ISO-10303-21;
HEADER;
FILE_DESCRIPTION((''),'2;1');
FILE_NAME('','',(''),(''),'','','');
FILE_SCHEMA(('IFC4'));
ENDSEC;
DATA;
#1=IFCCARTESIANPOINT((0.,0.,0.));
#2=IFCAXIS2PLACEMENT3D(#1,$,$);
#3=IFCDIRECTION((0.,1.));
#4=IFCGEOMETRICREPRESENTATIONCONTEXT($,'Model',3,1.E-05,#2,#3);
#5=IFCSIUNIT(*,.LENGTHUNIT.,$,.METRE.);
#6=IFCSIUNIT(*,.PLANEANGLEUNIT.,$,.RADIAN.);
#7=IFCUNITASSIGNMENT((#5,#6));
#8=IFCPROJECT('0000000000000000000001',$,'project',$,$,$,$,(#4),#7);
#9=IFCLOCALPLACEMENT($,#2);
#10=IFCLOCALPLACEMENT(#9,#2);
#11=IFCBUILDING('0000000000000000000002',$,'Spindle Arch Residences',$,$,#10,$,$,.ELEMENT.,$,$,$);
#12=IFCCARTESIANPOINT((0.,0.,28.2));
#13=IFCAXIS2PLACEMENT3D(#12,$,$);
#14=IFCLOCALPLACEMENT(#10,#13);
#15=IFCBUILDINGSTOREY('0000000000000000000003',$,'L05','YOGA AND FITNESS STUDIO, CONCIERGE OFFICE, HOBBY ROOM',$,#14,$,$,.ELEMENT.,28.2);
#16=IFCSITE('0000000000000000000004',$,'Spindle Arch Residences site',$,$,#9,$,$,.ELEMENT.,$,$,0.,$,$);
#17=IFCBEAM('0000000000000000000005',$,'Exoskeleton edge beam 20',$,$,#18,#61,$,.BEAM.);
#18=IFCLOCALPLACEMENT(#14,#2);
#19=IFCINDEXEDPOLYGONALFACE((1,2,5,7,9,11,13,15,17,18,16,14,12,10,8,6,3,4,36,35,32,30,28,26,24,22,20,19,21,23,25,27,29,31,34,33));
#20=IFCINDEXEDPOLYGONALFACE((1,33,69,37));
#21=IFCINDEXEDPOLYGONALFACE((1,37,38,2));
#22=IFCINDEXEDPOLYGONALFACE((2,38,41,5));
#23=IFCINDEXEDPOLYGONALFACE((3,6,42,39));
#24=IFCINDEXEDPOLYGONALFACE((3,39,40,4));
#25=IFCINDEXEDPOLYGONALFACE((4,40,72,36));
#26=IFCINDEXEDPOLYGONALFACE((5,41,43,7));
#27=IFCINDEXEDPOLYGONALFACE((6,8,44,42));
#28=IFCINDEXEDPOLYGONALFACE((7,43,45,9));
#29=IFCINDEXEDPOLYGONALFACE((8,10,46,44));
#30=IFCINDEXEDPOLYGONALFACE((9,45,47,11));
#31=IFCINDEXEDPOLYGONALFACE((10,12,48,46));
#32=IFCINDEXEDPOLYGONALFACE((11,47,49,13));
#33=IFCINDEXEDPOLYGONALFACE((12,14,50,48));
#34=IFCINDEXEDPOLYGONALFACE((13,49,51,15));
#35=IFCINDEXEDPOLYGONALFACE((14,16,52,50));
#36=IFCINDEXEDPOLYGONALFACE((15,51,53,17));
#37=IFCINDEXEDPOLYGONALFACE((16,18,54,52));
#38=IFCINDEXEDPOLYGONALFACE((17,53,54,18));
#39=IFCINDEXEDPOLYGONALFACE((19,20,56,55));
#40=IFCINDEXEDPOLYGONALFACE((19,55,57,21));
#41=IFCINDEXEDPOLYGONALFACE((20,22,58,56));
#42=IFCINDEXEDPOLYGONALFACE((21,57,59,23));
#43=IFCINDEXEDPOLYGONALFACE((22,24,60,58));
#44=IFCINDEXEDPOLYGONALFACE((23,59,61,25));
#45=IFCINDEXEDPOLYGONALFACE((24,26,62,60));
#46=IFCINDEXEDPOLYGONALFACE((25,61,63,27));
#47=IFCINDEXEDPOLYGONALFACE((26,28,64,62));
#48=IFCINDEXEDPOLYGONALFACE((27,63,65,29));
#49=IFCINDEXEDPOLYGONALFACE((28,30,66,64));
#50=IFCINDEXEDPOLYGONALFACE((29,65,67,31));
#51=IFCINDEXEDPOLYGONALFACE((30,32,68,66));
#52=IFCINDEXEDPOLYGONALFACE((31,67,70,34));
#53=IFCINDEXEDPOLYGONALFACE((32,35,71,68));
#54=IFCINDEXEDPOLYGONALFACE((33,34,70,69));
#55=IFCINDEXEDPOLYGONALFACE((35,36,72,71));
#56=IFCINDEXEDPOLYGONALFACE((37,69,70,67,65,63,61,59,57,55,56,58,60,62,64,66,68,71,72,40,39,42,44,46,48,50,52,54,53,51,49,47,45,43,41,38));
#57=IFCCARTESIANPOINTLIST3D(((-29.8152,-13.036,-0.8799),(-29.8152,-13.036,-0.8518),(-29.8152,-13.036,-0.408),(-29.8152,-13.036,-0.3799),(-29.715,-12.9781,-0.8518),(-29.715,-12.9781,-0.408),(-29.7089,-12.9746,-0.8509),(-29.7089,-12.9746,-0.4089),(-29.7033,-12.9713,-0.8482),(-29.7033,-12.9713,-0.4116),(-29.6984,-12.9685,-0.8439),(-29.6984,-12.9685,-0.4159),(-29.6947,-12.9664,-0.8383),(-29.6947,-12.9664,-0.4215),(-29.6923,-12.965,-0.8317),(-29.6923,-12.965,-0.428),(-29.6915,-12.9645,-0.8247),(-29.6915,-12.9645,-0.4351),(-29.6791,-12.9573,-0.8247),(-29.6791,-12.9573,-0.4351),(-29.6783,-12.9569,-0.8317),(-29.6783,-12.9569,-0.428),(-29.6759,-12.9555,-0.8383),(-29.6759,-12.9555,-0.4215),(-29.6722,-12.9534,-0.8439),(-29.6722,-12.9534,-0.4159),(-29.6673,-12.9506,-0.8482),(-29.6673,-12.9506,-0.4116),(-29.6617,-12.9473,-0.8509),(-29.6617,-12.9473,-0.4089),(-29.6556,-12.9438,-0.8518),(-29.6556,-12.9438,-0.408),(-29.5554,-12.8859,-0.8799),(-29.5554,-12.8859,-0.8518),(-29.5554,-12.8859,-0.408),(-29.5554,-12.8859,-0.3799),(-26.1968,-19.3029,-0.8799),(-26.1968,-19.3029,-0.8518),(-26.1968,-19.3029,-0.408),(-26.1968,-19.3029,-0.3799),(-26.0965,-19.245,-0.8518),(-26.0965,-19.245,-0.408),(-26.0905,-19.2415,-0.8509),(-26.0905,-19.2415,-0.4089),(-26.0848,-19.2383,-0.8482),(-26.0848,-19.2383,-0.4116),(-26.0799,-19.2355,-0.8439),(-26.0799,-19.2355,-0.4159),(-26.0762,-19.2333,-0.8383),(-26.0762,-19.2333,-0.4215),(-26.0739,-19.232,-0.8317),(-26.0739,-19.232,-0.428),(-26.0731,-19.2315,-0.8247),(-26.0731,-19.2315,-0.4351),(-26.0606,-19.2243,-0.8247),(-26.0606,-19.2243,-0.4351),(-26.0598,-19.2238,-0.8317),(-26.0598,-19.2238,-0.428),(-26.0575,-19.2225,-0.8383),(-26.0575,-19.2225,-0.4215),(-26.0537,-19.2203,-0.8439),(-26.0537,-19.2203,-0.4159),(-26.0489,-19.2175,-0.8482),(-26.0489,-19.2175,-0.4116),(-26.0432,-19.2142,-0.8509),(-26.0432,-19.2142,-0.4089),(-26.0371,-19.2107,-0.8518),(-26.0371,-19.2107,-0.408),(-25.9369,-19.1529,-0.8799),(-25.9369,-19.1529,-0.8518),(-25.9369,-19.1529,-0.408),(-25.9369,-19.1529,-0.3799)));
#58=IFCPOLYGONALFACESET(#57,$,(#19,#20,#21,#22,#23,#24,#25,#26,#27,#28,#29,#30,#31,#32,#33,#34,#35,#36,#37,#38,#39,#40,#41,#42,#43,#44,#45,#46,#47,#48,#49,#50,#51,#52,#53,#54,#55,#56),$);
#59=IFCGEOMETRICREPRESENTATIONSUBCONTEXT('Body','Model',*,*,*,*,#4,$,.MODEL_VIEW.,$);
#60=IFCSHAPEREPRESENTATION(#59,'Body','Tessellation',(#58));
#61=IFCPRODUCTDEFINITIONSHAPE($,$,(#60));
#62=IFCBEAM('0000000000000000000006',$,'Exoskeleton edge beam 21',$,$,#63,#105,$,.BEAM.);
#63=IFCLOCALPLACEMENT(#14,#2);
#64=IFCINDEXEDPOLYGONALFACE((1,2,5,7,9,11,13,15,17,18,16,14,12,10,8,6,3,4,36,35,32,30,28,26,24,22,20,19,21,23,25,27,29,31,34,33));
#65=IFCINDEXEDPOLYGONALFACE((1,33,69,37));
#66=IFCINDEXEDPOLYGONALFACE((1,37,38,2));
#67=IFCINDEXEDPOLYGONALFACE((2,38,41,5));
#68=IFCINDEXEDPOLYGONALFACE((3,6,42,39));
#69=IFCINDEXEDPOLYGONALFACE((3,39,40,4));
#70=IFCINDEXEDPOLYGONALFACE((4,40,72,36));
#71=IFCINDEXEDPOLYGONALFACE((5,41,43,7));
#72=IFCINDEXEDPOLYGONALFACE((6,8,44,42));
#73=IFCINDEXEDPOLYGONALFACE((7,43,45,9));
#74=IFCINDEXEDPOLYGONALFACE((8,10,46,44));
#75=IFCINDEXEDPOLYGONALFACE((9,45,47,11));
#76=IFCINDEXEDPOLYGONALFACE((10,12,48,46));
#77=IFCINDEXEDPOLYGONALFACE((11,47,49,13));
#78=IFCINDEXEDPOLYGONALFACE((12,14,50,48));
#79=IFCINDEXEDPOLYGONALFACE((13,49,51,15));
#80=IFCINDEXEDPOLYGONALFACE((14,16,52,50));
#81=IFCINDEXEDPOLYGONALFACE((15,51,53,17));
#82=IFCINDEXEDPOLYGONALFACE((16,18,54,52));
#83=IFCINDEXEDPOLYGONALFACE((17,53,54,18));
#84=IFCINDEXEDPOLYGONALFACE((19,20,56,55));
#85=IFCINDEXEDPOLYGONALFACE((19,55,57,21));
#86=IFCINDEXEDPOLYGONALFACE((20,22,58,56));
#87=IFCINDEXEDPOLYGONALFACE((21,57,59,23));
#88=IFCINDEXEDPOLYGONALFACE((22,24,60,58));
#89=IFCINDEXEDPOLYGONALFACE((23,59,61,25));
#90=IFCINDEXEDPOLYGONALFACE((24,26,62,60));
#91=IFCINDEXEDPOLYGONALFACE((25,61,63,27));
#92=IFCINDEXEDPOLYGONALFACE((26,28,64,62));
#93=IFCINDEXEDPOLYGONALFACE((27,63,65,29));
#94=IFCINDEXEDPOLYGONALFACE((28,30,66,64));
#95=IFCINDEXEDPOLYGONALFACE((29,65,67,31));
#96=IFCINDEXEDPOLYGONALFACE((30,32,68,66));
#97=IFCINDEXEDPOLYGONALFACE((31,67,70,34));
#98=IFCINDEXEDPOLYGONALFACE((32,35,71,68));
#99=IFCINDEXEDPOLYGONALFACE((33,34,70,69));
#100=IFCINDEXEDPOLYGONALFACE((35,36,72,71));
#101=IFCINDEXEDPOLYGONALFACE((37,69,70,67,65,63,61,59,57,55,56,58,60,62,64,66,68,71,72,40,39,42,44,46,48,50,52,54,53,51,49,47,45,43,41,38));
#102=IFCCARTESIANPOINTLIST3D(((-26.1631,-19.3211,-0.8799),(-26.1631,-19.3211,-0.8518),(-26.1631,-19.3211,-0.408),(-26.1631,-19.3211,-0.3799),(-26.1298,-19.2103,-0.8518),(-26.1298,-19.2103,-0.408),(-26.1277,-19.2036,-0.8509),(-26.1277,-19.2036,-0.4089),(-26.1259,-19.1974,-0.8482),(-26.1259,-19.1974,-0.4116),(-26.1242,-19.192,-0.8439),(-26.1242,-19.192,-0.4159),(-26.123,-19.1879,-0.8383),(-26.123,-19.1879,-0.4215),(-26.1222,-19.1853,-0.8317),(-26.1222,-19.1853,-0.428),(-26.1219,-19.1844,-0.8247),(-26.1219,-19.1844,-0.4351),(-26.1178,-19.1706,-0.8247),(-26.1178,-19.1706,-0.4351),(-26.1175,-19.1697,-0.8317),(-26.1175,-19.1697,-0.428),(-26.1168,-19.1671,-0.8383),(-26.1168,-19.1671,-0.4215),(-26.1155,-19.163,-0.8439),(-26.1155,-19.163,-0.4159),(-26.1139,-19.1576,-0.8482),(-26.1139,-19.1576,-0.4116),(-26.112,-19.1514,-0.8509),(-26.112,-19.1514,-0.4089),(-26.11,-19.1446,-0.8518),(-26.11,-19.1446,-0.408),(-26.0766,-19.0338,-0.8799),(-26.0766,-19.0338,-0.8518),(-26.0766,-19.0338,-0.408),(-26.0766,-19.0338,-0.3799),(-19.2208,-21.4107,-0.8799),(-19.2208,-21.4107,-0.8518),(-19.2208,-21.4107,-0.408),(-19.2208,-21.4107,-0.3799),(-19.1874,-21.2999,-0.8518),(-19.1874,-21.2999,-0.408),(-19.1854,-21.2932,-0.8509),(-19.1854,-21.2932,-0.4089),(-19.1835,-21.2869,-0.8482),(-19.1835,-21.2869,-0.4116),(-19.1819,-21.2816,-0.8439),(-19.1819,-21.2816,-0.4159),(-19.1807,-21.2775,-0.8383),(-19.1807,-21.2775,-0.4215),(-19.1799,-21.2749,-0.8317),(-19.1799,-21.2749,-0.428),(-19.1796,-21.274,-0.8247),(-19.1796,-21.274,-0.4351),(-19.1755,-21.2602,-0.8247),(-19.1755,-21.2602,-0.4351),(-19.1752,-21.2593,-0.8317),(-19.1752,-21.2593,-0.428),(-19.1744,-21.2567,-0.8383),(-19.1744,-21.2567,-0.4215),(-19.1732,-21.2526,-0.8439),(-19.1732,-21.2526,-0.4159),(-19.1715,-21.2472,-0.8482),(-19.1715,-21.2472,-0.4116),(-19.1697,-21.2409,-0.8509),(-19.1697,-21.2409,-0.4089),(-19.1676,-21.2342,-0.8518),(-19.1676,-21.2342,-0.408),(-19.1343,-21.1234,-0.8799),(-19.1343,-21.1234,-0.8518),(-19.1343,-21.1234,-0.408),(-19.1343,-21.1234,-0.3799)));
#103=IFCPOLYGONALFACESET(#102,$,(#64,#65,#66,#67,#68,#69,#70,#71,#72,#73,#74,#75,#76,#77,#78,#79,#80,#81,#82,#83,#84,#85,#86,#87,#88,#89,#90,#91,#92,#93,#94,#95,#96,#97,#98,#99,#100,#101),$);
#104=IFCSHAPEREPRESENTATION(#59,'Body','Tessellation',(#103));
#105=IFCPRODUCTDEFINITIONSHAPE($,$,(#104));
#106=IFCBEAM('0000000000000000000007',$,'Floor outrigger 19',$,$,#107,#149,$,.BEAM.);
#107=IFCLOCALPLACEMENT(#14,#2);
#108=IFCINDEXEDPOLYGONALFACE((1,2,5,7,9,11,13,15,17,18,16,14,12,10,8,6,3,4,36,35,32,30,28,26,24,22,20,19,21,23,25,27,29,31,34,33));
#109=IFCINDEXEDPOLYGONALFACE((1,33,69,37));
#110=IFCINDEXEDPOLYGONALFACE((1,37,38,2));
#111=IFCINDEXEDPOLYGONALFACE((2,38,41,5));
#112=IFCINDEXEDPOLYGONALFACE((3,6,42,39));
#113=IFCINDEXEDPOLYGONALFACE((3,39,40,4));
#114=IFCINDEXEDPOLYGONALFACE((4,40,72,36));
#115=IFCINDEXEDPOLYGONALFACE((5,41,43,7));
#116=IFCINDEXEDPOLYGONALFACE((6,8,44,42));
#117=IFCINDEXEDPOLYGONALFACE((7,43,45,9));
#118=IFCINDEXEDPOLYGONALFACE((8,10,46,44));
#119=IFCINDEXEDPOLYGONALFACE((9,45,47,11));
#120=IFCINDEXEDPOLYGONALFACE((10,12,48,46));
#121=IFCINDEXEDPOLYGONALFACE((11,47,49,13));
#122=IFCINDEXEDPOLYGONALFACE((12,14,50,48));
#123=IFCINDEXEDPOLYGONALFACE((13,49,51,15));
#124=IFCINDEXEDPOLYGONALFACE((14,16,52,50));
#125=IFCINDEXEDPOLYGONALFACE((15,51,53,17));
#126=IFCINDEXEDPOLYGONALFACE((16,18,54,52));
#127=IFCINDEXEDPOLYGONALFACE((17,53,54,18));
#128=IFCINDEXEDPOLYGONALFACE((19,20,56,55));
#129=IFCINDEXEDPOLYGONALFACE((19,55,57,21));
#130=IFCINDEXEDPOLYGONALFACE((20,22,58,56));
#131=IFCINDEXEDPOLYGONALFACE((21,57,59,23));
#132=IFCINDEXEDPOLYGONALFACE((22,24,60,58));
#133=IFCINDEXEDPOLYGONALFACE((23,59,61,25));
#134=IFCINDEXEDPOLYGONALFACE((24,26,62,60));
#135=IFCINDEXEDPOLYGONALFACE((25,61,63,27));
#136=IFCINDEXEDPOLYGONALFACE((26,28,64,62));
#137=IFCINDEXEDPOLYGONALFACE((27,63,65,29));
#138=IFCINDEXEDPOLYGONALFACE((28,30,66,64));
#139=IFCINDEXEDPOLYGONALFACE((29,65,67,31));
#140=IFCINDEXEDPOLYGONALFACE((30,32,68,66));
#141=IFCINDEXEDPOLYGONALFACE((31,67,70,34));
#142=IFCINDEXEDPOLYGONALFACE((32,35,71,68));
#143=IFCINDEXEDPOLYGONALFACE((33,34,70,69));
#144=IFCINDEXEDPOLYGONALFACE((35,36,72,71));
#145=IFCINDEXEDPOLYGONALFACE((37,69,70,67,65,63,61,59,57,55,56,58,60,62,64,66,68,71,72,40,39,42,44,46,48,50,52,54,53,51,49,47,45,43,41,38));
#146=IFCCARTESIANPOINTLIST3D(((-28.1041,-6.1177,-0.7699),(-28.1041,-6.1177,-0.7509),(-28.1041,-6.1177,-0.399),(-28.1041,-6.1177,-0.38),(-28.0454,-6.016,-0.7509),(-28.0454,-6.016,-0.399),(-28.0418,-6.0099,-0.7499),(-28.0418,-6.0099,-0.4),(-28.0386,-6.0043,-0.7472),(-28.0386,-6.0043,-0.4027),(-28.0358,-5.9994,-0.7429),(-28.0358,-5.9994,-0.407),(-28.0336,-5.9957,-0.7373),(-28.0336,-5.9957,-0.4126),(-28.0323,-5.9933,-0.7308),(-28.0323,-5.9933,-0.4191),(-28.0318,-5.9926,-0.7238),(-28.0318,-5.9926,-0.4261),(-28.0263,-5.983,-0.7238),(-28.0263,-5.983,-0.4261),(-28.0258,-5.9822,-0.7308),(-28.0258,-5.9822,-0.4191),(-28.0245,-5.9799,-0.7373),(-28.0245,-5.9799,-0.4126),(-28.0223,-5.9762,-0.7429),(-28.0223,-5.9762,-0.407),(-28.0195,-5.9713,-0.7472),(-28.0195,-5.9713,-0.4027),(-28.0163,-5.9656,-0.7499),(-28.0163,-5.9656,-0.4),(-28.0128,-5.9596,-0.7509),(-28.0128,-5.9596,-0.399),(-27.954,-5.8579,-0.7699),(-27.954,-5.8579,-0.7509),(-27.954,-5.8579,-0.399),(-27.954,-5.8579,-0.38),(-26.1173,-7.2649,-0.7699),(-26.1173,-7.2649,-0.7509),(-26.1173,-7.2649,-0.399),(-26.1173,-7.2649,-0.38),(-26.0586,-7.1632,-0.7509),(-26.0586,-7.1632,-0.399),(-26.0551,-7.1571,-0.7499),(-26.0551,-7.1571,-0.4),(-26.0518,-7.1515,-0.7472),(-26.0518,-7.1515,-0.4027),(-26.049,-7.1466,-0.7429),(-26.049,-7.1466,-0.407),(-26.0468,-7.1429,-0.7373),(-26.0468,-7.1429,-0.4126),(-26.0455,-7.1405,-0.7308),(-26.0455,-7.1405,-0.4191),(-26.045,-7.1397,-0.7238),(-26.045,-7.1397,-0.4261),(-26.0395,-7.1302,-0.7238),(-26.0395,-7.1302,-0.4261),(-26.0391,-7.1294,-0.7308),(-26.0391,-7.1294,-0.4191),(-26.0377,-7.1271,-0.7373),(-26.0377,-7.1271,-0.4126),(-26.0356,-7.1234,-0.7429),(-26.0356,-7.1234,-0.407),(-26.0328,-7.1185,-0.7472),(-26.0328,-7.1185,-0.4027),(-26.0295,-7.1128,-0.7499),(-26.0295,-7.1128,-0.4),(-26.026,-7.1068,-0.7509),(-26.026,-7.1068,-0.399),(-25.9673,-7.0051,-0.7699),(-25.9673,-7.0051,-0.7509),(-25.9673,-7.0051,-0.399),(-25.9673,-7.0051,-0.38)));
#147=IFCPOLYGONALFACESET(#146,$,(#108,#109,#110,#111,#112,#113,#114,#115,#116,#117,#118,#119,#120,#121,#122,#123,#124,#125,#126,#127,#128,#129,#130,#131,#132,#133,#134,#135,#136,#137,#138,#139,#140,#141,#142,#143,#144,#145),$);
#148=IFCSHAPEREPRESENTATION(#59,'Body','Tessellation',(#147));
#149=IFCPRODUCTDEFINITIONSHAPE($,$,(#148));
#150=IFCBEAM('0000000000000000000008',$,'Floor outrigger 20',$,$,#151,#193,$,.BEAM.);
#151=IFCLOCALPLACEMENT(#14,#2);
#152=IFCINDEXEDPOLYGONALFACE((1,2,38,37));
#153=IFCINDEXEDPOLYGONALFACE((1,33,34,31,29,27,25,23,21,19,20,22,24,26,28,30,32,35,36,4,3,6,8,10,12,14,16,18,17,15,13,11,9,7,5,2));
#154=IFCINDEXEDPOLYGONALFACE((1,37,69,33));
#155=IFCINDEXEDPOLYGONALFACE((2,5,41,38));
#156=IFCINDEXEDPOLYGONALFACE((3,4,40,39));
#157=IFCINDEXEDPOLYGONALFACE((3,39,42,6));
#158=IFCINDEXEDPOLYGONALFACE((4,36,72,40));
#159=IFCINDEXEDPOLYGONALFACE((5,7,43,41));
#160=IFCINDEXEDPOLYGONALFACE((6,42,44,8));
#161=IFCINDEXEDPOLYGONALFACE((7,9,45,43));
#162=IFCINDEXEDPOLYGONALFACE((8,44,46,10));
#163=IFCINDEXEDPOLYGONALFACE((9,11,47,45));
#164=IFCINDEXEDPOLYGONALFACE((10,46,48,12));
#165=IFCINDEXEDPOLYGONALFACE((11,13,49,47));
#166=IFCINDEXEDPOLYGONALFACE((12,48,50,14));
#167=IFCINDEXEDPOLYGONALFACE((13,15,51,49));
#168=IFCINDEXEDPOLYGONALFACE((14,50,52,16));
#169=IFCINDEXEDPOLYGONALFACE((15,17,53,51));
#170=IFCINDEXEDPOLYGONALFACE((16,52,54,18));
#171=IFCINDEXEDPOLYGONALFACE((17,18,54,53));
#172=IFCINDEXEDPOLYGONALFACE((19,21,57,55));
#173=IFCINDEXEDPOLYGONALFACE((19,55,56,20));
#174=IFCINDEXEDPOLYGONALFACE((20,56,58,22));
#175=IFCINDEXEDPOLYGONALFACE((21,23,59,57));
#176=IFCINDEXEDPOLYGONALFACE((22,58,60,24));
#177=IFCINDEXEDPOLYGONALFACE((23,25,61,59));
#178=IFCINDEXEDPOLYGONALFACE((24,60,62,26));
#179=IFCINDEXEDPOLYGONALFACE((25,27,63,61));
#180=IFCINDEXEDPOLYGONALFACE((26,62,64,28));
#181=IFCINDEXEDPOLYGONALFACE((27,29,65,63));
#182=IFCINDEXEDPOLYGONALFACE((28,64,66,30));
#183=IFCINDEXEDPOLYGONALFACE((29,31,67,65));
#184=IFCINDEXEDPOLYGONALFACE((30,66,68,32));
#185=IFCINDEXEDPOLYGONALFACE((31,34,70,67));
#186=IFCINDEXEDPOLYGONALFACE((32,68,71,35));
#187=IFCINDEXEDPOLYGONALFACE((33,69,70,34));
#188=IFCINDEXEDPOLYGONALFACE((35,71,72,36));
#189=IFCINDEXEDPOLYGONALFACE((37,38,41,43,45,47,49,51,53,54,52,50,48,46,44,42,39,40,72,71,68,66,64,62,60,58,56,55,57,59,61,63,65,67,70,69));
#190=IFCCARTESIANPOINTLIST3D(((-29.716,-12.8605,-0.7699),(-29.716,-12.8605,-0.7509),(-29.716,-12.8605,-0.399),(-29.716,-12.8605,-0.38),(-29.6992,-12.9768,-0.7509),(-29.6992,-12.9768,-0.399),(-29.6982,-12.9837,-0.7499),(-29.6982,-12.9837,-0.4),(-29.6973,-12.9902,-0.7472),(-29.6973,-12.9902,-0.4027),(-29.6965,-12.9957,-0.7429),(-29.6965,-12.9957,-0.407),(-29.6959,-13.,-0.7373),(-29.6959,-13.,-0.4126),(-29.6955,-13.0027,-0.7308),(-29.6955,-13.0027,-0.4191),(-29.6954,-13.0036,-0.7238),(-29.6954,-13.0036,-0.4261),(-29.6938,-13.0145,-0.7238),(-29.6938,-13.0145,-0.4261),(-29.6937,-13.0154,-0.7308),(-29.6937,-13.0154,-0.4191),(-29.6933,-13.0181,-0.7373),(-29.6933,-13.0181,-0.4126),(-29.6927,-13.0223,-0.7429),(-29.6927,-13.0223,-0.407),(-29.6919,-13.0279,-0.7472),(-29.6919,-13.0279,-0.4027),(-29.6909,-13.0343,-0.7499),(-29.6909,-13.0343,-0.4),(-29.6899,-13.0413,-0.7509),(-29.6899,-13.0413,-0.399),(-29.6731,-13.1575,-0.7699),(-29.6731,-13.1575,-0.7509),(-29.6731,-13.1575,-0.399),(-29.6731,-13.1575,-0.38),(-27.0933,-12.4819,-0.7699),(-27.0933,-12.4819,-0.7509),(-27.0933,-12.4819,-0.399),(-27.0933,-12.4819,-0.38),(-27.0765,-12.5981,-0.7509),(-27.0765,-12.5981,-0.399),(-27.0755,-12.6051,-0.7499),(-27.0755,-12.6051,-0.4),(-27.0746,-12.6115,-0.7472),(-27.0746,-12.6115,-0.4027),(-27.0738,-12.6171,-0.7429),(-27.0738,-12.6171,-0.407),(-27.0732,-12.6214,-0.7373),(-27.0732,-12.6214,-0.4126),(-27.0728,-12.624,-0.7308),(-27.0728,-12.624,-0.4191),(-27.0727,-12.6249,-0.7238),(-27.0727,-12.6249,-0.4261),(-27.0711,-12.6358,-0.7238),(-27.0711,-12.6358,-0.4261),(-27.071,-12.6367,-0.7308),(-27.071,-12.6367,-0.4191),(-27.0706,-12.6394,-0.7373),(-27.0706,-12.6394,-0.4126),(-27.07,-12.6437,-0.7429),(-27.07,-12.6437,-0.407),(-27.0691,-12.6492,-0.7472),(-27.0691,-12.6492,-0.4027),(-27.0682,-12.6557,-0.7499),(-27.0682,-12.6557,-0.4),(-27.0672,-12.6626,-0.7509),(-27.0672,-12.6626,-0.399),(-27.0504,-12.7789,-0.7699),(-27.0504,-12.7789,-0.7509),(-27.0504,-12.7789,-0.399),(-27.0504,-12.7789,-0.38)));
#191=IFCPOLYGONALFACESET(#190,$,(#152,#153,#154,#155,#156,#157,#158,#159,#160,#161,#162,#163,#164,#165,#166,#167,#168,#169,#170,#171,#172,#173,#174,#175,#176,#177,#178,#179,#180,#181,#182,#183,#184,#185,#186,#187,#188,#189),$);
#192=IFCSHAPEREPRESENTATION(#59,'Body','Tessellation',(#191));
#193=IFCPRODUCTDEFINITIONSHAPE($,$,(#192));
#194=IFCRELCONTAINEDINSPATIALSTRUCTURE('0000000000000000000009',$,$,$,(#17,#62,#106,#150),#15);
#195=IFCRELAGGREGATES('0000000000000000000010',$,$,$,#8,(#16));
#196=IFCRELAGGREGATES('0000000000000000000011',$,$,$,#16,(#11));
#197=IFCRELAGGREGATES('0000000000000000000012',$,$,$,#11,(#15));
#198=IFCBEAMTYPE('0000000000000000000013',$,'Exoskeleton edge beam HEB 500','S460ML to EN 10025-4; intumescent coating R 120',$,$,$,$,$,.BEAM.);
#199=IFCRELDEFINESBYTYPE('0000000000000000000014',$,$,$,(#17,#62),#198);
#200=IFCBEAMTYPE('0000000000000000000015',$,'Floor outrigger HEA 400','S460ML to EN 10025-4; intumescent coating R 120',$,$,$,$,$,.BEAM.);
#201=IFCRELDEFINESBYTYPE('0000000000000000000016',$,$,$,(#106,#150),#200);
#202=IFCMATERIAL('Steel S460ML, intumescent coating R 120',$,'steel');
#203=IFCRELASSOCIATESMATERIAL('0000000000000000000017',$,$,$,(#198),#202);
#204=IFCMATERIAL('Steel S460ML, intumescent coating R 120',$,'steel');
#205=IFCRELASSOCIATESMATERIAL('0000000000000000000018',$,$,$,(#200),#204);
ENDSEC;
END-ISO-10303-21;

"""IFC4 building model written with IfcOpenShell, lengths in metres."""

from ifc_helpers import new_model, si_unit, direction, frame, origin, origin_2d, place, context, subcontext, project, spatial, i_section, extrude, material, material_profile, profile_set, type_object, element, save


model = new_model("IFC4")

# Units and contexts
model_context = context("Model", 3, precision=1e-05, world=origin(), true_north=direction((0.0, 1.0)))
body_context = subcontext(model_context, "Body", "Model", "MODEL_VIEW")
ifc_project = project(units=[si_unit("LENGTHUNIT", "METRE"), si_unit("PLANEANGLEUNIT", "RADIAN")], contexts=[model_context])

# Site, building, storey
site_placement = place(None, origin())
site = spatial("IfcSite", under=ifc_project, at=site_placement, Name="Spindle Arch Residences site", CompositionType="ELEMENT", RefElevation=0.0)
building_placement = place(site_placement, origin())
building = spatial("IfcBuilding", under=site, at=building_placement, Name="Spindle Arch Residences", CompositionType="ELEMENT")
storey_placement = place(building_placement, frame((0.0, 0.0, 28.2)))
storey = spatial("IfcBuildingStorey", under=building, at=storey_placement, Name="L05", Description="YOGA AND FITNESS STUDIO, CONCIERGE OFFICE, HOBBY ROOM", CompositionType="ELEMENT", Elevation=28.2)

# Beams
ifc_material_1 = material(Name="Steel S460ML, intumescent coating R 120", Category="steel")
ifc_material_profile_1 = material_profile(ifc_material_1, i_section(OverallWidth=0.3, OverallDepth=0.5, WebThickness=0.0144, FlangeThickness=0.0281, FilletRadius=0.0271, at=origin_2d()), Name="HEB 500")
ifc_profile_set_1 = profile_set([ifc_material_profile_1], Name="Steel S460ML, intumescent coating R 120")
beam_type_1 = type_object("IfcBeamType", Name="Exoskeleton edge beam HEB 500", Description="S460ML to EN 10025-4; intumescent coating R 120", PredefinedType="BEAM", material=ifc_profile_set_1)
beam_1_placement = place(storey_placement, frame((-29.6853, -12.9609, -0.6299), z_axis=(0.500025, -0.866011, 0.0), x_axis=(0.866011, 0.500025, 0.0)))
element("IfcBeam", 1, at=beam_1_placement, inside=storey, type_object=beam_type_1, Name="Exoskeleton edge beam 20", PredefinedType="BEAM", context=body_context, shape_type="SweptSolid", body=[
    extrude(i_section(OverallWidth=0.3, OverallDepth=0.5, WebThickness=0.0144, FlangeThickness=0.0281, FilletRadius=0.0271, at=origin_2d()), origin(), (0.0, 0.0, 1.0), 7.2366),
])
beam_2_placement = place(storey_placement, frame((-26.1199, -19.1775, -0.6299), z_axis=(0.957565, -0.288219, 0.0), x_axis=(0.288219, 0.957565, 0.0)))
element("IfcBeam", 2, at=beam_2_placement, inside=storey, type_object=beam_type_1, Name="Exoskeleton edge beam 21", PredefinedType="BEAM", context=body_context, shape_type="SweptSolid", body=[
    extrude(i_section(OverallWidth=0.3, OverallDepth=0.5, WebThickness=0.0144, FlangeThickness=0.0281, FilletRadius=0.0271, at=origin_2d()), origin(), (0.0, 0.0, 1.0), 7.25),
])
ifc_material_2 = material(Name="Steel S460ML, intumescent coating R 120", Category="steel")
ifc_material_profile_2 = material_profile(ifc_material_2, i_section(OverallWidth=0.3, OverallDepth=0.3899, WebThickness=0.011, FlangeThickness=0.019, FilletRadius=0.0271, at=origin_2d()), Name="HEA 400")
ifc_profile_set_2 = profile_set([ifc_material_profile_2], Name="Steel S460ML, intumescent coating R 120")
beam_type_2 = type_object("IfcBeamType", Name="Floor outrigger HEA 400", Description="S460ML to EN 10025-4; intumescent coating R 120", PredefinedType="BEAM", material=ifc_profile_set_2)
beam_3_placement = place(storey_placement, frame((-28.0291, -5.9878, -0.575), z_axis=(0.866001, -0.500042, 0.0), x_axis=(0.500042, 0.866001, 0.0)))
element("IfcBeam", 3, at=beam_3_placement, inside=storey, type_object=beam_type_2, Name="Floor outrigger 19", PredefinedType="BEAM", context=body_context, shape_type="SweptSolid", body=[
    extrude(i_section(OverallWidth=0.3, OverallDepth=0.3899, WebThickness=0.011, FlangeThickness=0.019, FilletRadius=0.0271, at=origin_2d()), origin(), (0.0, 0.0, 1.0), 2.2942),
])
for number, where, z_axis, x_axis, name in (
    (4, (-29.6946, -13.009, -0.575), (0.989738, 0.142892, 0.0), (-0.142892, 0.989738, 0.0), "Floor outrigger 20"),
):
    element("IfcBeam", number, at=place(storey_placement, frame(where, z_axis=z_axis, x_axis=x_axis)), inside=storey, type_object=beam_type_2, Name=name, PredefinedType="BEAM", context=body_context, shape_type="SweptSolid", body=[
        extrude(i_section(OverallWidth=0.3, OverallDepth=0.3899, WebThickness=0.011, FlangeThickness=0.019, FilletRadius=0.0271, at=origin_2d()), origin(), (0.0, 0.0, 1.0), 2.6499),
    ])

save(model, "model.ifc")
